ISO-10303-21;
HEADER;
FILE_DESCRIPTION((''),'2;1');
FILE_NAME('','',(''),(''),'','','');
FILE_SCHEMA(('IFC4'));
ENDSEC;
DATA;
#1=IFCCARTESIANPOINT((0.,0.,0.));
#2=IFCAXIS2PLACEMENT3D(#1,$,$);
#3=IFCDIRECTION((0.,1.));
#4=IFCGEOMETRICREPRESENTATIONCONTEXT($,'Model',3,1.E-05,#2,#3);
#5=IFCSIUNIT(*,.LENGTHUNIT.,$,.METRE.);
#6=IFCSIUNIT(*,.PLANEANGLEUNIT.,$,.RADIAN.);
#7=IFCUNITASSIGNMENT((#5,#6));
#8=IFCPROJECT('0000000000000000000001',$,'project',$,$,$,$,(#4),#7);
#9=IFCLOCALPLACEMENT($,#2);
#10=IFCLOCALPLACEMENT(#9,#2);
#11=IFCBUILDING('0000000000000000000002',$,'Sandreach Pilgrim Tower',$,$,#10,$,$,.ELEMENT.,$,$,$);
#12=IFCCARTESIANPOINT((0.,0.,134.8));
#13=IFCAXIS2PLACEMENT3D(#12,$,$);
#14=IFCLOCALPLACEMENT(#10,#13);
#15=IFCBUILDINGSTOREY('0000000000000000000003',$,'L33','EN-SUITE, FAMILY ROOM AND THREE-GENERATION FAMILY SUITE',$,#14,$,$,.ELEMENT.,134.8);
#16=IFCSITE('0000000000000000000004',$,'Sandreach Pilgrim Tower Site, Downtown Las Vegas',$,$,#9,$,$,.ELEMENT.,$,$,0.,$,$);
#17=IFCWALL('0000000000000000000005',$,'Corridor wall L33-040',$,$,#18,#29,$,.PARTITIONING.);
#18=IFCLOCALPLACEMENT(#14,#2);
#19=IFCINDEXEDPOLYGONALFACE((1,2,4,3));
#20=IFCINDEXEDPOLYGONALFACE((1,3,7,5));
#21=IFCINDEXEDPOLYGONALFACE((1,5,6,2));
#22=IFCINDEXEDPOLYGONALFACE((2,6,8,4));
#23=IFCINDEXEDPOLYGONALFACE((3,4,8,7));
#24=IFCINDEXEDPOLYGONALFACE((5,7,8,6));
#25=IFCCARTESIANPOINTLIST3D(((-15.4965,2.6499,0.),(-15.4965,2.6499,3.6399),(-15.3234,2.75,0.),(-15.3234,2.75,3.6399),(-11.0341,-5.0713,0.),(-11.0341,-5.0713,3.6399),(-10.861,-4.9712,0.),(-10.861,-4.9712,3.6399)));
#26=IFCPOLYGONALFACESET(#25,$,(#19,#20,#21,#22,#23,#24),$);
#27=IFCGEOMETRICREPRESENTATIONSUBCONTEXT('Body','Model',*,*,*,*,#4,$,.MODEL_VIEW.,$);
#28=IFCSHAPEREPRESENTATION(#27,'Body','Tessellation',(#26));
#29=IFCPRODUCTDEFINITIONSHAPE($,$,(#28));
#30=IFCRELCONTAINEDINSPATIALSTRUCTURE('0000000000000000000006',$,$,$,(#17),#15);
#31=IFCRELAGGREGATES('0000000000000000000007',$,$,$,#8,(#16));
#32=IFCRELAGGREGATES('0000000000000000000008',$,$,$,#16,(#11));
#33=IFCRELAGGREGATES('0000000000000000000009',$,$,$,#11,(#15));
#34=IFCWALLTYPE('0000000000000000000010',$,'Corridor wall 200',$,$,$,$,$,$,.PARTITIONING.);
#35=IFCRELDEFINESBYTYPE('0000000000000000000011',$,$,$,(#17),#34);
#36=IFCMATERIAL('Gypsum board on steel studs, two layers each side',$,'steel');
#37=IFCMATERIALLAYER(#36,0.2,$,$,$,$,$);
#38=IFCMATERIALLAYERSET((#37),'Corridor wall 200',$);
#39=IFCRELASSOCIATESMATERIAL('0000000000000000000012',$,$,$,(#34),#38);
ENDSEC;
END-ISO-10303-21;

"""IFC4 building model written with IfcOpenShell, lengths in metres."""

from ifc_helpers import new_model, si_unit, direction, frame, frame_2d, origin, place, context, subcontext, project, spatial, rectangle, extrude, material, layer, layer_set, type_object, element, save


model = new_model("IFC4")

# Units and contexts
model_context = context("Model", 3, precision=1e-05, world=origin(), true_north=direction((0.0, 1.0)))
body_context = subcontext(model_context, "Body", "Model", "MODEL_VIEW")
ifc_project = project(units=[si_unit("LENGTHUNIT", "METRE"), si_unit("PLANEANGLEUNIT", "RADIAN")], contexts=[model_context])

# Site, building, storey
site_placement = place(None, origin())
site = spatial("IfcSite", under=ifc_project, at=site_placement, Name="Sandreach Pilgrim Tower Site, Downtown Las Vegas", CompositionType="ELEMENT", RefElevation=0.0)
building_placement = place(site_placement, origin())
building = spatial("IfcBuilding", under=site, at=building_placement, Name="Sandreach Pilgrim Tower", CompositionType="ELEMENT")
storey_placement = place(building_placement, frame((0.0, 0.0, 134.8)))
storey = spatial("IfcBuildingStorey", under=building, at=storey_placement, Name="L33", Description="EN-SUITE, FAMILY ROOM AND THREE-GENERATION FAMILY SUITE", CompositionType="ELEMENT", Elevation=134.8)

# Shared definitions
ifc_material_1 = material(Name="Gypsum board on steel studs, two layers each side", Category="steel")
ifc_layer_1 = layer(ifc_material_1, 0.2)
ifc_layer_set_1 = layer_set([ifc_layer_1], Name="Corridor wall 200")
wall_type_1 = type_object("IfcWallType", Name="Corridor wall 200", PredefinedType="PARTITIONING", material=ifc_layer_set_1)

# Wall
wall_1_placement = place(storey_placement, frame((-10.9475, -5.0212, 0.0), z_axis=(0.0, 0.0, 1.0), x_axis=(-0.500384, 0.865803, 0.0)))
element("IfcWall", 1, at=wall_1_placement, inside=storey, type_object=wall_type_1, Name="Corridor wall L33-040", PredefinedType="PARTITIONING", context=body_context, shape_type="SweptSolid", body=[
    extrude(rectangle(XDim=8.918, YDim=0.2, at=frame_2d((4.459, 0.0))), origin(), (0.0, 0.0, 1.0), 3.6399),
])

save(model, "model.ifc")
